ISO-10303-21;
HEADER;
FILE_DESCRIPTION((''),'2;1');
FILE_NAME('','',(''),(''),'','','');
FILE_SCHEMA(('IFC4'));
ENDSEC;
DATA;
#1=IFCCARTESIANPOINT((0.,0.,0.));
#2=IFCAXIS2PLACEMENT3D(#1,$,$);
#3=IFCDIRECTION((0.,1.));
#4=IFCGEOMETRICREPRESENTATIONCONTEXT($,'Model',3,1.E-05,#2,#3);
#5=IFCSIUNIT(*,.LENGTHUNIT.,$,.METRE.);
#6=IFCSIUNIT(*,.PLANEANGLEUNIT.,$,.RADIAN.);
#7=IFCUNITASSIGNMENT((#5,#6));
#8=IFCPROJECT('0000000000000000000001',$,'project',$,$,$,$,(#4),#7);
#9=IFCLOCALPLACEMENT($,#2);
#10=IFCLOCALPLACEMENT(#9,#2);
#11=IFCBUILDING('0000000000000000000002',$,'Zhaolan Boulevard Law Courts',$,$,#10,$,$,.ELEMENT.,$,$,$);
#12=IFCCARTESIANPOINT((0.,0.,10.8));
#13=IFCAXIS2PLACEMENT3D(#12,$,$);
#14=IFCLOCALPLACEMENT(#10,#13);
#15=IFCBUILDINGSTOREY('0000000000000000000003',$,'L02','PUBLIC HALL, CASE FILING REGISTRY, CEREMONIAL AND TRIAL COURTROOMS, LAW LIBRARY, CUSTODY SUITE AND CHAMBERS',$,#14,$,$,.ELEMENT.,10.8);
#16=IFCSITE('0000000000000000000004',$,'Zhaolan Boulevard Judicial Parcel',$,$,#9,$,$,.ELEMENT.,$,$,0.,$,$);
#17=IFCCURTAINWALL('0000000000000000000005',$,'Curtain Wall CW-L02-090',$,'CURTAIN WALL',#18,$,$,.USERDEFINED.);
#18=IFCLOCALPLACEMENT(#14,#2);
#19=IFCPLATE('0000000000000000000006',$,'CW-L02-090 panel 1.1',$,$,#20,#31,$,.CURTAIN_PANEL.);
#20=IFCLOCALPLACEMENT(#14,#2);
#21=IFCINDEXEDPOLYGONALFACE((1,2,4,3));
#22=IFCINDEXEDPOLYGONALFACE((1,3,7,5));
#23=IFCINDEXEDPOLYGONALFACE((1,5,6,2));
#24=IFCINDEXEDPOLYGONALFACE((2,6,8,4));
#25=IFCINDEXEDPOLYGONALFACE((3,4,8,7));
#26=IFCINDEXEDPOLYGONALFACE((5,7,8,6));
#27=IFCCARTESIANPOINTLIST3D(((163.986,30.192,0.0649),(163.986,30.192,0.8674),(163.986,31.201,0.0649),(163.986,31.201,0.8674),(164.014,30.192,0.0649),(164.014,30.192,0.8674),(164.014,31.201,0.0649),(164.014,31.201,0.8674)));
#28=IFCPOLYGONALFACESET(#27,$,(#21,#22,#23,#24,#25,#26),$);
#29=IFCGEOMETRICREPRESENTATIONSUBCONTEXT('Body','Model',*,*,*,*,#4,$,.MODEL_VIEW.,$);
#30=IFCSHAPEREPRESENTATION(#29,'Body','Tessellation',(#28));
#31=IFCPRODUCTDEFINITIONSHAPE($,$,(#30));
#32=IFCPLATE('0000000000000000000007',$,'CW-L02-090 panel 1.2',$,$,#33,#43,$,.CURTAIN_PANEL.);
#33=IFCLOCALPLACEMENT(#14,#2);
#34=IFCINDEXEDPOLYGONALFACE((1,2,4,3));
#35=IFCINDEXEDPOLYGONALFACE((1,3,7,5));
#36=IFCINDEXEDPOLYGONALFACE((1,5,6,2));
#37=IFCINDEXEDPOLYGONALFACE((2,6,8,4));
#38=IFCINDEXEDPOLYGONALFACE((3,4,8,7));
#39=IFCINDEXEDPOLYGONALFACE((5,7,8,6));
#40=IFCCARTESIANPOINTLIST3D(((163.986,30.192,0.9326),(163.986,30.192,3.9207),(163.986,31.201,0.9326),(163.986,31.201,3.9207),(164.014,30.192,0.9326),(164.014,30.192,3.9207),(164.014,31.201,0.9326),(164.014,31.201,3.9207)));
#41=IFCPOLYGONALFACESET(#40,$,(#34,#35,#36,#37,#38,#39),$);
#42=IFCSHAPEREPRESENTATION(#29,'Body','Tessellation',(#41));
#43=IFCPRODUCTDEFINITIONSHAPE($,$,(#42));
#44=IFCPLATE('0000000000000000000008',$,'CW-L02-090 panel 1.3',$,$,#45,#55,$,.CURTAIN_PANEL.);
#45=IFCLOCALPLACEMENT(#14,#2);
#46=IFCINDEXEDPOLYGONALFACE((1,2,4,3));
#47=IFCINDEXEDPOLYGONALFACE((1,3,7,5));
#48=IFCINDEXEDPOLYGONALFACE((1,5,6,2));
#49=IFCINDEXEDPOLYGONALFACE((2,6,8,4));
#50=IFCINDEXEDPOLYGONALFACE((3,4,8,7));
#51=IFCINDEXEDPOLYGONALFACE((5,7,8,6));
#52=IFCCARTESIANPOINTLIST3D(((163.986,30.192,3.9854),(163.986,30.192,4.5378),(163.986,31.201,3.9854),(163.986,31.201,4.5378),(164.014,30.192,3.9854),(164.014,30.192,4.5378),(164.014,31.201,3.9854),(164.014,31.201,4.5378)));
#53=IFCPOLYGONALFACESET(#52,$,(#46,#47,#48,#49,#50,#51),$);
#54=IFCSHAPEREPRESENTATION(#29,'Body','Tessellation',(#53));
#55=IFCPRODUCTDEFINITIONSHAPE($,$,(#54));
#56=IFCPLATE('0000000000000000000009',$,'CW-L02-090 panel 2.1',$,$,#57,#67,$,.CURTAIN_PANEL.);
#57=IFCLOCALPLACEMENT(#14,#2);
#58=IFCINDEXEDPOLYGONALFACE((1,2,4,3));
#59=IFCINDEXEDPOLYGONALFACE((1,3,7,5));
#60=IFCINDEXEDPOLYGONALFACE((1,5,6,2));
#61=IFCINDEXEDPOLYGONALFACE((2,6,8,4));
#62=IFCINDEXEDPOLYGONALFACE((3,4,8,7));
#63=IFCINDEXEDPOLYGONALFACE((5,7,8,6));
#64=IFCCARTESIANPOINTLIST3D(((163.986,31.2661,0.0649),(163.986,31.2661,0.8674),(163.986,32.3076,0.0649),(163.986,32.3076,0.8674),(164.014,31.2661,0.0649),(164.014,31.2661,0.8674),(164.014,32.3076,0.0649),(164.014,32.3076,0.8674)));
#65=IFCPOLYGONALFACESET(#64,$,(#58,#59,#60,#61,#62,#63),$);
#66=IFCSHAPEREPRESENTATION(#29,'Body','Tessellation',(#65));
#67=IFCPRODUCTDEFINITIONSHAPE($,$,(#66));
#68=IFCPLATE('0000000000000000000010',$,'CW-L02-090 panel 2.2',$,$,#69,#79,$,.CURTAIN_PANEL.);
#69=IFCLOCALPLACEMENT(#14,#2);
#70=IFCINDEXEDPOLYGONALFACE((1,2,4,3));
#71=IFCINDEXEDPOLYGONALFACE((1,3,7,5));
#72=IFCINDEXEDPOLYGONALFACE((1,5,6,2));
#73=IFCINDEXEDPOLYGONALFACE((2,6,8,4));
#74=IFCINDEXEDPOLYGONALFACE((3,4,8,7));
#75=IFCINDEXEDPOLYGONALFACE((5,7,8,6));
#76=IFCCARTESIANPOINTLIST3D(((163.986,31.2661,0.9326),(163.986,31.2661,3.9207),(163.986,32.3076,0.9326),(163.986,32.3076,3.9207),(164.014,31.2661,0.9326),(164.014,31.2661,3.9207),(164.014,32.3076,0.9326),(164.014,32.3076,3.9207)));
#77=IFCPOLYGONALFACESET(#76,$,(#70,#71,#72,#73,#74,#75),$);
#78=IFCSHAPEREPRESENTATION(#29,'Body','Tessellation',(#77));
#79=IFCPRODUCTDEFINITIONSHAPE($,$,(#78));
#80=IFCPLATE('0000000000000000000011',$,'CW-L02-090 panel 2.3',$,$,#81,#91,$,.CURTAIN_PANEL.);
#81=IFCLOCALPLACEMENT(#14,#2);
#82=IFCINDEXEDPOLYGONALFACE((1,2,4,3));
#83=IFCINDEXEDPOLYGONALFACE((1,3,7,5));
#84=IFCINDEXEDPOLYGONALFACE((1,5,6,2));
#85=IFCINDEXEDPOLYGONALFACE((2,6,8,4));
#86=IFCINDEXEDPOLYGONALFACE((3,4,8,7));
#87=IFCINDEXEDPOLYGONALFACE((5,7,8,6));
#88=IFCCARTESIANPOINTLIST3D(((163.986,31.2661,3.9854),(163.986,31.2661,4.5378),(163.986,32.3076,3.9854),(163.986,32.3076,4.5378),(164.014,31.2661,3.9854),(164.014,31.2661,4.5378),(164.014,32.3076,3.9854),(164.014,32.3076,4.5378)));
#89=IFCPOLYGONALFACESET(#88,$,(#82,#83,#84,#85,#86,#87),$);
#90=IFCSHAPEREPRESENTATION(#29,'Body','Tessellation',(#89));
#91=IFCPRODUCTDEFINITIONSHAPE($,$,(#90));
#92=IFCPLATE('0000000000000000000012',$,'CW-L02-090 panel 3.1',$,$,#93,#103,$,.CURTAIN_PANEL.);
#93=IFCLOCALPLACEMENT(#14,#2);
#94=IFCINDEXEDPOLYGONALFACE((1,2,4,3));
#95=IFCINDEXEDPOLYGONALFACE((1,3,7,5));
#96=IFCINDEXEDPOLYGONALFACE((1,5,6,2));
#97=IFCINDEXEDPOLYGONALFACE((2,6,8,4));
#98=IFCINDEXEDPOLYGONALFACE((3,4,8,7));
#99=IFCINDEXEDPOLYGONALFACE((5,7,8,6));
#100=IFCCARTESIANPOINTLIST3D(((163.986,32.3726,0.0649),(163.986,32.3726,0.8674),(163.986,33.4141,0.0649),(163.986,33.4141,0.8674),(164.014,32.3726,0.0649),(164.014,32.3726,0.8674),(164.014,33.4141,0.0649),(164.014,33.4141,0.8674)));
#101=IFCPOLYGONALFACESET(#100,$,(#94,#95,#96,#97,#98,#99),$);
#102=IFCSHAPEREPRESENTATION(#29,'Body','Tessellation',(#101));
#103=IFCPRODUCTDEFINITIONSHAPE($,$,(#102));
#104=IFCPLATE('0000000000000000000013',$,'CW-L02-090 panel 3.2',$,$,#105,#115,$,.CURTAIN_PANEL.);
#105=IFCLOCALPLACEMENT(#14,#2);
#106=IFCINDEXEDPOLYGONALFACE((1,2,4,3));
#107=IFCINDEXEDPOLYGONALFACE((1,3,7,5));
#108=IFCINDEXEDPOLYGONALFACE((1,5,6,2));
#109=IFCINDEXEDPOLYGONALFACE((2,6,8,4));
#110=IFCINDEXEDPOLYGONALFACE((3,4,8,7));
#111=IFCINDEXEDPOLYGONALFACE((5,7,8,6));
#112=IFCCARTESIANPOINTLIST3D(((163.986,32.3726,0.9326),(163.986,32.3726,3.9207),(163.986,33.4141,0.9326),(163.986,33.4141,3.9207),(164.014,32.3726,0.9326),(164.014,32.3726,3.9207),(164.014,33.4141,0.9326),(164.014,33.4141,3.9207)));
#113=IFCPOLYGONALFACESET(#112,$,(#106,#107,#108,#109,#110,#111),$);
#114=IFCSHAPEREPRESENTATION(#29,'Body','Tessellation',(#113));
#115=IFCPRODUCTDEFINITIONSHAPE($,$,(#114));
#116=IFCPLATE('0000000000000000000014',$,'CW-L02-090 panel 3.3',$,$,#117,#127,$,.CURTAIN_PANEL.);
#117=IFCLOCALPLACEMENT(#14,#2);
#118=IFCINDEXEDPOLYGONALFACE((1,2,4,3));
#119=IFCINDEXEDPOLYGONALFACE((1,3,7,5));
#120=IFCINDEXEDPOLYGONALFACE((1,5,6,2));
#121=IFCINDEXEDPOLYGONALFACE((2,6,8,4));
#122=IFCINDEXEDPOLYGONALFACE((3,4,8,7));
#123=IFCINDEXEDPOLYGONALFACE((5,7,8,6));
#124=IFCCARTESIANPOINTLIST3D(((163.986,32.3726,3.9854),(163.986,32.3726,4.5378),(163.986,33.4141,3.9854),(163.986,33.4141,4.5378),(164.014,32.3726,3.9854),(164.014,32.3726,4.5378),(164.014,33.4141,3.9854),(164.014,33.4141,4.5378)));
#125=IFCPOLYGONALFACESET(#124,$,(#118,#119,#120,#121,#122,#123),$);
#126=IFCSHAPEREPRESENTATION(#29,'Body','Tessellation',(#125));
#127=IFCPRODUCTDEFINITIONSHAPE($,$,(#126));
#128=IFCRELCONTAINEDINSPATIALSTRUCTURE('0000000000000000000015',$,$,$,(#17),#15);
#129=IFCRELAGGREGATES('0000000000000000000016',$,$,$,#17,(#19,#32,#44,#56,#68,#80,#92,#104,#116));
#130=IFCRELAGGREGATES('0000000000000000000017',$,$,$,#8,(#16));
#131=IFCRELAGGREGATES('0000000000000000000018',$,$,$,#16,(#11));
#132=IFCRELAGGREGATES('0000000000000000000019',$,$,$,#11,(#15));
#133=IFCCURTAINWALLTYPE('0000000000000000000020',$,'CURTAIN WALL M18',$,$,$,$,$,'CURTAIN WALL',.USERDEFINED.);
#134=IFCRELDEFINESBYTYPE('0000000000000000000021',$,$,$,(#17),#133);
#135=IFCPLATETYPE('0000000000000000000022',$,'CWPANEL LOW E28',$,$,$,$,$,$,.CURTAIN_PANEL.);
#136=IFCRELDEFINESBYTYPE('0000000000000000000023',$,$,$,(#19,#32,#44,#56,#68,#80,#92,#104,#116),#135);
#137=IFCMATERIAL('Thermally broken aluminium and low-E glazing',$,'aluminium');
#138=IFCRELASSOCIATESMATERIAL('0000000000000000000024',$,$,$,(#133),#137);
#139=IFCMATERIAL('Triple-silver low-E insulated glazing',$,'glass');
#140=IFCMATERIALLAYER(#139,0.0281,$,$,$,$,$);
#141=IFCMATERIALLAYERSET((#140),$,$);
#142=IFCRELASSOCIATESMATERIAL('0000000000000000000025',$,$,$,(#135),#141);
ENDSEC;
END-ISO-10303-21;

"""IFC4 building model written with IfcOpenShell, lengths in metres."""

from ifc_helpers import new_model, si_unit, direction, frame, origin, origin_2d, place, context, subcontext, project, spatial, rectangle, extrude, material, layer, layer_set, type_object, element, aggregate, save


model = new_model("IFC4")

# Units and contexts
model_context = context("Model", 3, precision=1e-05, world=origin(), true_north=direction((0.0, 1.0)))
body_context = subcontext(model_context, "Body", "Model", "MODEL_VIEW")
ifc_project = project(units=[si_unit("LENGTHUNIT", "METRE"), si_unit("PLANEANGLEUNIT", "RADIAN")], contexts=[model_context])

# Site, building, storey
site_placement = place(None, origin())
site = spatial("IfcSite", under=ifc_project, at=site_placement, Name="Zhaolan Boulevard Judicial Parcel", CompositionType="ELEMENT", RefElevation=0.0)
building_placement = place(site_placement, origin())
building = spatial("IfcBuilding", under=site, at=building_placement, Name="Zhaolan Boulevard Law Courts", CompositionType="ELEMENT")
storey_placement = place(building_placement, frame((0.0, 0.0, 10.8)))
storey = spatial("IfcBuildingStorey", under=building, at=storey_placement, Name="L02", Description="PUBLIC HALL, CASE FILING REGISTRY, CEREMONIAL AND TRIAL COURTROOMS, LAW LIBRARY, CUSTODY SUITE AND CHAMBERS", CompositionType="ELEMENT", Elevation=10.8)

# Curtain wall, plates
ifc_material_1 = material(Name="Thermally broken aluminium and low-E glazing", Category="aluminium")
curtain_wall_type = type_object("IfcCurtainWallType", Name="CURTAIN WALL M18", ElementType="CURTAIN WALL", PredefinedType="USERDEFINED", material=ifc_material_1)
curtain_wall_placement = place(storey_placement, origin())
curtain_wall = element("IfcCurtainWall", 1, at=curtain_wall_placement, inside=storey, type_object=curtain_wall_type, Name="Curtain Wall CW-L02-090", ObjectType="CURTAIN WALL", PredefinedType="USERDEFINED")
ifc_material_2 = material(Name="Triple-silver low-E insulated glazing", Category="glass")
ifc_layer = layer(ifc_material_2, 0.0281)
ifc_layer_set = layer_set([ifc_layer])
plate_type = type_object("IfcPlateType", Name="CWPANEL LOW E28", PredefinedType="CURTAIN_PANEL", material=ifc_layer_set)
plate_1_placement = place(storey_placement, frame((164.0, 30.6965, 0.0649), z_axis=(0.0, 0.0, 1.0), x_axis=(0.0, 1.0, 0.0)))
plate_1 = element("IfcPlate", 2, at=plate_1_placement, type_object=plate_type, Name="CW-L02-090 panel 1.1", PredefinedType="CURTAIN_PANEL", context=body_context, shape_type="SweptSolid", body=[
    extrude(rectangle(XDim=1.009, YDim=0.0281, at=origin_2d()), origin(), (0.0, 0.0, 1.0), 0.8025),
])
plate_2_placement = place(storey_placement, frame((164.0, 30.6965, 0.9326), z_axis=(0.0, 0.0, 1.0), x_axis=(0.0, 1.0, 0.0)))
plate_2 = element("IfcPlate", 3, at=plate_2_placement, type_object=plate_type, Name="CW-L02-090 panel 1.2", PredefinedType="CURTAIN_PANEL", context=body_context, shape_type="SweptSolid", body=[
    extrude(rectangle(XDim=1.009, YDim=0.0281, at=origin_2d()), origin(), (0.0, 0.0, 1.0), 2.988),
])
plate_3_placement = place(storey_placement, frame((164.0, 30.6965, 3.9854), z_axis=(0.0, 0.0, 1.0), x_axis=(0.0, 1.0, 0.0)))
plate_3 = element("IfcPlate", 4, at=plate_3_placement, type_object=plate_type, Name="CW-L02-090 panel 1.3", PredefinedType="CURTAIN_PANEL", context=body_context, shape_type="SweptSolid", body=[
    extrude(rectangle(XDim=1.009, YDim=0.0281, at=origin_2d()), origin(), (0.0, 0.0, 1.0), 0.5525),
])
plate_4_placement = place(storey_placement, frame((164.0, 31.7869, 0.0649), z_axis=(0.0, 0.0, 1.0), x_axis=(0.0, 1.0, 0.0)))
plate_4 = element("IfcPlate", 5, at=plate_4_placement, type_object=plate_type, Name="CW-L02-090 panel 2.1", PredefinedType="CURTAIN_PANEL", context=body_context, shape_type="SweptSolid", body=[
    extrude(rectangle(XDim=1.0415, YDim=0.0281, at=origin_2d()), origin(), (0.0, 0.0, 1.0), 0.8025),
])
plate_5_placement = place(storey_placement, frame((164.0, 31.7869, 0.9326), z_axis=(0.0, 0.0, 1.0), x_axis=(0.0, 1.0, 0.0)))
plate_5 = element("IfcPlate", 6, at=plate_5_placement, type_object=plate_type, Name="CW-L02-090 panel 2.2", PredefinedType="CURTAIN_PANEL", context=body_context, shape_type="SweptSolid", body=[
    extrude(rectangle(XDim=1.0415, YDim=0.0281, at=origin_2d()), origin(), (0.0, 0.0, 1.0), 2.988),
])
plate_6_placement = place(storey_placement, frame((164.0, 31.7869, 3.9854), z_axis=(0.0, 0.0, 1.0), x_axis=(0.0, 1.0, 0.0)))
plate_6 = element("IfcPlate", 7, at=plate_6_placement, type_object=plate_type, Name="CW-L02-090 panel 2.3", PredefinedType="CURTAIN_PANEL", context=body_context, shape_type="SweptSolid", body=[
    extrude(rectangle(XDim=1.0415, YDim=0.0281, at=origin_2d()), origin(), (0.0, 0.0, 1.0), 0.5525),
])
plate_7_placement = place(storey_placement, frame((164.0, 32.8933, 0.0649), z_axis=(0.0, 0.0, 1.0), x_axis=(0.0, 1.0, 0.0)))
plate_7 = element("IfcPlate", 8, at=plate_7_placement, type_object=plate_type, Name="CW-L02-090 panel 3.1", PredefinedType="CURTAIN_PANEL", context=body_context, shape_type="SweptSolid", body=[
    extrude(rectangle(XDim=1.0415, YDim=0.0281, at=origin_2d()), origin(), (0.0, 0.0, 1.0), 0.8025),
])
plate_8_placement = place(storey_placement, frame((164.0, 32.8933, 0.9326), z_axis=(0.0, 0.0, 1.0), x_axis=(0.0, 1.0, 0.0)))
plate_8 = element("IfcPlate", 9, at=plate_8_placement, type_object=plate_type, Name="CW-L02-090 panel 3.2", PredefinedType="CURTAIN_PANEL", context=body_context, shape_type="SweptSolid", body=[
    extrude(rectangle(XDim=1.0415, YDim=0.0281, at=origin_2d()), origin(), (0.0, 0.0, 1.0), 2.988),
])
plate_9_placement = place(storey_placement, frame((164.0, 32.8933, 3.9854), z_axis=(0.0, 0.0, 1.0), x_axis=(0.0, 1.0, 0.0)))
plate_9 = element("IfcPlate", 10, at=plate_9_placement, type_object=plate_type, Name="CW-L02-090 panel 3.3", PredefinedType="CURTAIN_PANEL", context=body_context, shape_type="SweptSolid", body=[
    extrude(rectangle(XDim=1.0415, YDim=0.0281, at=origin_2d()), origin(), (0.0, 0.0, 1.0), 0.5525),
])
aggregate(curtain_wall, [plate_1, plate_2, plate_3, plate_4, plate_5, plate_6, plate_7, plate_8, plate_9])

save(model, "model.ifc")
